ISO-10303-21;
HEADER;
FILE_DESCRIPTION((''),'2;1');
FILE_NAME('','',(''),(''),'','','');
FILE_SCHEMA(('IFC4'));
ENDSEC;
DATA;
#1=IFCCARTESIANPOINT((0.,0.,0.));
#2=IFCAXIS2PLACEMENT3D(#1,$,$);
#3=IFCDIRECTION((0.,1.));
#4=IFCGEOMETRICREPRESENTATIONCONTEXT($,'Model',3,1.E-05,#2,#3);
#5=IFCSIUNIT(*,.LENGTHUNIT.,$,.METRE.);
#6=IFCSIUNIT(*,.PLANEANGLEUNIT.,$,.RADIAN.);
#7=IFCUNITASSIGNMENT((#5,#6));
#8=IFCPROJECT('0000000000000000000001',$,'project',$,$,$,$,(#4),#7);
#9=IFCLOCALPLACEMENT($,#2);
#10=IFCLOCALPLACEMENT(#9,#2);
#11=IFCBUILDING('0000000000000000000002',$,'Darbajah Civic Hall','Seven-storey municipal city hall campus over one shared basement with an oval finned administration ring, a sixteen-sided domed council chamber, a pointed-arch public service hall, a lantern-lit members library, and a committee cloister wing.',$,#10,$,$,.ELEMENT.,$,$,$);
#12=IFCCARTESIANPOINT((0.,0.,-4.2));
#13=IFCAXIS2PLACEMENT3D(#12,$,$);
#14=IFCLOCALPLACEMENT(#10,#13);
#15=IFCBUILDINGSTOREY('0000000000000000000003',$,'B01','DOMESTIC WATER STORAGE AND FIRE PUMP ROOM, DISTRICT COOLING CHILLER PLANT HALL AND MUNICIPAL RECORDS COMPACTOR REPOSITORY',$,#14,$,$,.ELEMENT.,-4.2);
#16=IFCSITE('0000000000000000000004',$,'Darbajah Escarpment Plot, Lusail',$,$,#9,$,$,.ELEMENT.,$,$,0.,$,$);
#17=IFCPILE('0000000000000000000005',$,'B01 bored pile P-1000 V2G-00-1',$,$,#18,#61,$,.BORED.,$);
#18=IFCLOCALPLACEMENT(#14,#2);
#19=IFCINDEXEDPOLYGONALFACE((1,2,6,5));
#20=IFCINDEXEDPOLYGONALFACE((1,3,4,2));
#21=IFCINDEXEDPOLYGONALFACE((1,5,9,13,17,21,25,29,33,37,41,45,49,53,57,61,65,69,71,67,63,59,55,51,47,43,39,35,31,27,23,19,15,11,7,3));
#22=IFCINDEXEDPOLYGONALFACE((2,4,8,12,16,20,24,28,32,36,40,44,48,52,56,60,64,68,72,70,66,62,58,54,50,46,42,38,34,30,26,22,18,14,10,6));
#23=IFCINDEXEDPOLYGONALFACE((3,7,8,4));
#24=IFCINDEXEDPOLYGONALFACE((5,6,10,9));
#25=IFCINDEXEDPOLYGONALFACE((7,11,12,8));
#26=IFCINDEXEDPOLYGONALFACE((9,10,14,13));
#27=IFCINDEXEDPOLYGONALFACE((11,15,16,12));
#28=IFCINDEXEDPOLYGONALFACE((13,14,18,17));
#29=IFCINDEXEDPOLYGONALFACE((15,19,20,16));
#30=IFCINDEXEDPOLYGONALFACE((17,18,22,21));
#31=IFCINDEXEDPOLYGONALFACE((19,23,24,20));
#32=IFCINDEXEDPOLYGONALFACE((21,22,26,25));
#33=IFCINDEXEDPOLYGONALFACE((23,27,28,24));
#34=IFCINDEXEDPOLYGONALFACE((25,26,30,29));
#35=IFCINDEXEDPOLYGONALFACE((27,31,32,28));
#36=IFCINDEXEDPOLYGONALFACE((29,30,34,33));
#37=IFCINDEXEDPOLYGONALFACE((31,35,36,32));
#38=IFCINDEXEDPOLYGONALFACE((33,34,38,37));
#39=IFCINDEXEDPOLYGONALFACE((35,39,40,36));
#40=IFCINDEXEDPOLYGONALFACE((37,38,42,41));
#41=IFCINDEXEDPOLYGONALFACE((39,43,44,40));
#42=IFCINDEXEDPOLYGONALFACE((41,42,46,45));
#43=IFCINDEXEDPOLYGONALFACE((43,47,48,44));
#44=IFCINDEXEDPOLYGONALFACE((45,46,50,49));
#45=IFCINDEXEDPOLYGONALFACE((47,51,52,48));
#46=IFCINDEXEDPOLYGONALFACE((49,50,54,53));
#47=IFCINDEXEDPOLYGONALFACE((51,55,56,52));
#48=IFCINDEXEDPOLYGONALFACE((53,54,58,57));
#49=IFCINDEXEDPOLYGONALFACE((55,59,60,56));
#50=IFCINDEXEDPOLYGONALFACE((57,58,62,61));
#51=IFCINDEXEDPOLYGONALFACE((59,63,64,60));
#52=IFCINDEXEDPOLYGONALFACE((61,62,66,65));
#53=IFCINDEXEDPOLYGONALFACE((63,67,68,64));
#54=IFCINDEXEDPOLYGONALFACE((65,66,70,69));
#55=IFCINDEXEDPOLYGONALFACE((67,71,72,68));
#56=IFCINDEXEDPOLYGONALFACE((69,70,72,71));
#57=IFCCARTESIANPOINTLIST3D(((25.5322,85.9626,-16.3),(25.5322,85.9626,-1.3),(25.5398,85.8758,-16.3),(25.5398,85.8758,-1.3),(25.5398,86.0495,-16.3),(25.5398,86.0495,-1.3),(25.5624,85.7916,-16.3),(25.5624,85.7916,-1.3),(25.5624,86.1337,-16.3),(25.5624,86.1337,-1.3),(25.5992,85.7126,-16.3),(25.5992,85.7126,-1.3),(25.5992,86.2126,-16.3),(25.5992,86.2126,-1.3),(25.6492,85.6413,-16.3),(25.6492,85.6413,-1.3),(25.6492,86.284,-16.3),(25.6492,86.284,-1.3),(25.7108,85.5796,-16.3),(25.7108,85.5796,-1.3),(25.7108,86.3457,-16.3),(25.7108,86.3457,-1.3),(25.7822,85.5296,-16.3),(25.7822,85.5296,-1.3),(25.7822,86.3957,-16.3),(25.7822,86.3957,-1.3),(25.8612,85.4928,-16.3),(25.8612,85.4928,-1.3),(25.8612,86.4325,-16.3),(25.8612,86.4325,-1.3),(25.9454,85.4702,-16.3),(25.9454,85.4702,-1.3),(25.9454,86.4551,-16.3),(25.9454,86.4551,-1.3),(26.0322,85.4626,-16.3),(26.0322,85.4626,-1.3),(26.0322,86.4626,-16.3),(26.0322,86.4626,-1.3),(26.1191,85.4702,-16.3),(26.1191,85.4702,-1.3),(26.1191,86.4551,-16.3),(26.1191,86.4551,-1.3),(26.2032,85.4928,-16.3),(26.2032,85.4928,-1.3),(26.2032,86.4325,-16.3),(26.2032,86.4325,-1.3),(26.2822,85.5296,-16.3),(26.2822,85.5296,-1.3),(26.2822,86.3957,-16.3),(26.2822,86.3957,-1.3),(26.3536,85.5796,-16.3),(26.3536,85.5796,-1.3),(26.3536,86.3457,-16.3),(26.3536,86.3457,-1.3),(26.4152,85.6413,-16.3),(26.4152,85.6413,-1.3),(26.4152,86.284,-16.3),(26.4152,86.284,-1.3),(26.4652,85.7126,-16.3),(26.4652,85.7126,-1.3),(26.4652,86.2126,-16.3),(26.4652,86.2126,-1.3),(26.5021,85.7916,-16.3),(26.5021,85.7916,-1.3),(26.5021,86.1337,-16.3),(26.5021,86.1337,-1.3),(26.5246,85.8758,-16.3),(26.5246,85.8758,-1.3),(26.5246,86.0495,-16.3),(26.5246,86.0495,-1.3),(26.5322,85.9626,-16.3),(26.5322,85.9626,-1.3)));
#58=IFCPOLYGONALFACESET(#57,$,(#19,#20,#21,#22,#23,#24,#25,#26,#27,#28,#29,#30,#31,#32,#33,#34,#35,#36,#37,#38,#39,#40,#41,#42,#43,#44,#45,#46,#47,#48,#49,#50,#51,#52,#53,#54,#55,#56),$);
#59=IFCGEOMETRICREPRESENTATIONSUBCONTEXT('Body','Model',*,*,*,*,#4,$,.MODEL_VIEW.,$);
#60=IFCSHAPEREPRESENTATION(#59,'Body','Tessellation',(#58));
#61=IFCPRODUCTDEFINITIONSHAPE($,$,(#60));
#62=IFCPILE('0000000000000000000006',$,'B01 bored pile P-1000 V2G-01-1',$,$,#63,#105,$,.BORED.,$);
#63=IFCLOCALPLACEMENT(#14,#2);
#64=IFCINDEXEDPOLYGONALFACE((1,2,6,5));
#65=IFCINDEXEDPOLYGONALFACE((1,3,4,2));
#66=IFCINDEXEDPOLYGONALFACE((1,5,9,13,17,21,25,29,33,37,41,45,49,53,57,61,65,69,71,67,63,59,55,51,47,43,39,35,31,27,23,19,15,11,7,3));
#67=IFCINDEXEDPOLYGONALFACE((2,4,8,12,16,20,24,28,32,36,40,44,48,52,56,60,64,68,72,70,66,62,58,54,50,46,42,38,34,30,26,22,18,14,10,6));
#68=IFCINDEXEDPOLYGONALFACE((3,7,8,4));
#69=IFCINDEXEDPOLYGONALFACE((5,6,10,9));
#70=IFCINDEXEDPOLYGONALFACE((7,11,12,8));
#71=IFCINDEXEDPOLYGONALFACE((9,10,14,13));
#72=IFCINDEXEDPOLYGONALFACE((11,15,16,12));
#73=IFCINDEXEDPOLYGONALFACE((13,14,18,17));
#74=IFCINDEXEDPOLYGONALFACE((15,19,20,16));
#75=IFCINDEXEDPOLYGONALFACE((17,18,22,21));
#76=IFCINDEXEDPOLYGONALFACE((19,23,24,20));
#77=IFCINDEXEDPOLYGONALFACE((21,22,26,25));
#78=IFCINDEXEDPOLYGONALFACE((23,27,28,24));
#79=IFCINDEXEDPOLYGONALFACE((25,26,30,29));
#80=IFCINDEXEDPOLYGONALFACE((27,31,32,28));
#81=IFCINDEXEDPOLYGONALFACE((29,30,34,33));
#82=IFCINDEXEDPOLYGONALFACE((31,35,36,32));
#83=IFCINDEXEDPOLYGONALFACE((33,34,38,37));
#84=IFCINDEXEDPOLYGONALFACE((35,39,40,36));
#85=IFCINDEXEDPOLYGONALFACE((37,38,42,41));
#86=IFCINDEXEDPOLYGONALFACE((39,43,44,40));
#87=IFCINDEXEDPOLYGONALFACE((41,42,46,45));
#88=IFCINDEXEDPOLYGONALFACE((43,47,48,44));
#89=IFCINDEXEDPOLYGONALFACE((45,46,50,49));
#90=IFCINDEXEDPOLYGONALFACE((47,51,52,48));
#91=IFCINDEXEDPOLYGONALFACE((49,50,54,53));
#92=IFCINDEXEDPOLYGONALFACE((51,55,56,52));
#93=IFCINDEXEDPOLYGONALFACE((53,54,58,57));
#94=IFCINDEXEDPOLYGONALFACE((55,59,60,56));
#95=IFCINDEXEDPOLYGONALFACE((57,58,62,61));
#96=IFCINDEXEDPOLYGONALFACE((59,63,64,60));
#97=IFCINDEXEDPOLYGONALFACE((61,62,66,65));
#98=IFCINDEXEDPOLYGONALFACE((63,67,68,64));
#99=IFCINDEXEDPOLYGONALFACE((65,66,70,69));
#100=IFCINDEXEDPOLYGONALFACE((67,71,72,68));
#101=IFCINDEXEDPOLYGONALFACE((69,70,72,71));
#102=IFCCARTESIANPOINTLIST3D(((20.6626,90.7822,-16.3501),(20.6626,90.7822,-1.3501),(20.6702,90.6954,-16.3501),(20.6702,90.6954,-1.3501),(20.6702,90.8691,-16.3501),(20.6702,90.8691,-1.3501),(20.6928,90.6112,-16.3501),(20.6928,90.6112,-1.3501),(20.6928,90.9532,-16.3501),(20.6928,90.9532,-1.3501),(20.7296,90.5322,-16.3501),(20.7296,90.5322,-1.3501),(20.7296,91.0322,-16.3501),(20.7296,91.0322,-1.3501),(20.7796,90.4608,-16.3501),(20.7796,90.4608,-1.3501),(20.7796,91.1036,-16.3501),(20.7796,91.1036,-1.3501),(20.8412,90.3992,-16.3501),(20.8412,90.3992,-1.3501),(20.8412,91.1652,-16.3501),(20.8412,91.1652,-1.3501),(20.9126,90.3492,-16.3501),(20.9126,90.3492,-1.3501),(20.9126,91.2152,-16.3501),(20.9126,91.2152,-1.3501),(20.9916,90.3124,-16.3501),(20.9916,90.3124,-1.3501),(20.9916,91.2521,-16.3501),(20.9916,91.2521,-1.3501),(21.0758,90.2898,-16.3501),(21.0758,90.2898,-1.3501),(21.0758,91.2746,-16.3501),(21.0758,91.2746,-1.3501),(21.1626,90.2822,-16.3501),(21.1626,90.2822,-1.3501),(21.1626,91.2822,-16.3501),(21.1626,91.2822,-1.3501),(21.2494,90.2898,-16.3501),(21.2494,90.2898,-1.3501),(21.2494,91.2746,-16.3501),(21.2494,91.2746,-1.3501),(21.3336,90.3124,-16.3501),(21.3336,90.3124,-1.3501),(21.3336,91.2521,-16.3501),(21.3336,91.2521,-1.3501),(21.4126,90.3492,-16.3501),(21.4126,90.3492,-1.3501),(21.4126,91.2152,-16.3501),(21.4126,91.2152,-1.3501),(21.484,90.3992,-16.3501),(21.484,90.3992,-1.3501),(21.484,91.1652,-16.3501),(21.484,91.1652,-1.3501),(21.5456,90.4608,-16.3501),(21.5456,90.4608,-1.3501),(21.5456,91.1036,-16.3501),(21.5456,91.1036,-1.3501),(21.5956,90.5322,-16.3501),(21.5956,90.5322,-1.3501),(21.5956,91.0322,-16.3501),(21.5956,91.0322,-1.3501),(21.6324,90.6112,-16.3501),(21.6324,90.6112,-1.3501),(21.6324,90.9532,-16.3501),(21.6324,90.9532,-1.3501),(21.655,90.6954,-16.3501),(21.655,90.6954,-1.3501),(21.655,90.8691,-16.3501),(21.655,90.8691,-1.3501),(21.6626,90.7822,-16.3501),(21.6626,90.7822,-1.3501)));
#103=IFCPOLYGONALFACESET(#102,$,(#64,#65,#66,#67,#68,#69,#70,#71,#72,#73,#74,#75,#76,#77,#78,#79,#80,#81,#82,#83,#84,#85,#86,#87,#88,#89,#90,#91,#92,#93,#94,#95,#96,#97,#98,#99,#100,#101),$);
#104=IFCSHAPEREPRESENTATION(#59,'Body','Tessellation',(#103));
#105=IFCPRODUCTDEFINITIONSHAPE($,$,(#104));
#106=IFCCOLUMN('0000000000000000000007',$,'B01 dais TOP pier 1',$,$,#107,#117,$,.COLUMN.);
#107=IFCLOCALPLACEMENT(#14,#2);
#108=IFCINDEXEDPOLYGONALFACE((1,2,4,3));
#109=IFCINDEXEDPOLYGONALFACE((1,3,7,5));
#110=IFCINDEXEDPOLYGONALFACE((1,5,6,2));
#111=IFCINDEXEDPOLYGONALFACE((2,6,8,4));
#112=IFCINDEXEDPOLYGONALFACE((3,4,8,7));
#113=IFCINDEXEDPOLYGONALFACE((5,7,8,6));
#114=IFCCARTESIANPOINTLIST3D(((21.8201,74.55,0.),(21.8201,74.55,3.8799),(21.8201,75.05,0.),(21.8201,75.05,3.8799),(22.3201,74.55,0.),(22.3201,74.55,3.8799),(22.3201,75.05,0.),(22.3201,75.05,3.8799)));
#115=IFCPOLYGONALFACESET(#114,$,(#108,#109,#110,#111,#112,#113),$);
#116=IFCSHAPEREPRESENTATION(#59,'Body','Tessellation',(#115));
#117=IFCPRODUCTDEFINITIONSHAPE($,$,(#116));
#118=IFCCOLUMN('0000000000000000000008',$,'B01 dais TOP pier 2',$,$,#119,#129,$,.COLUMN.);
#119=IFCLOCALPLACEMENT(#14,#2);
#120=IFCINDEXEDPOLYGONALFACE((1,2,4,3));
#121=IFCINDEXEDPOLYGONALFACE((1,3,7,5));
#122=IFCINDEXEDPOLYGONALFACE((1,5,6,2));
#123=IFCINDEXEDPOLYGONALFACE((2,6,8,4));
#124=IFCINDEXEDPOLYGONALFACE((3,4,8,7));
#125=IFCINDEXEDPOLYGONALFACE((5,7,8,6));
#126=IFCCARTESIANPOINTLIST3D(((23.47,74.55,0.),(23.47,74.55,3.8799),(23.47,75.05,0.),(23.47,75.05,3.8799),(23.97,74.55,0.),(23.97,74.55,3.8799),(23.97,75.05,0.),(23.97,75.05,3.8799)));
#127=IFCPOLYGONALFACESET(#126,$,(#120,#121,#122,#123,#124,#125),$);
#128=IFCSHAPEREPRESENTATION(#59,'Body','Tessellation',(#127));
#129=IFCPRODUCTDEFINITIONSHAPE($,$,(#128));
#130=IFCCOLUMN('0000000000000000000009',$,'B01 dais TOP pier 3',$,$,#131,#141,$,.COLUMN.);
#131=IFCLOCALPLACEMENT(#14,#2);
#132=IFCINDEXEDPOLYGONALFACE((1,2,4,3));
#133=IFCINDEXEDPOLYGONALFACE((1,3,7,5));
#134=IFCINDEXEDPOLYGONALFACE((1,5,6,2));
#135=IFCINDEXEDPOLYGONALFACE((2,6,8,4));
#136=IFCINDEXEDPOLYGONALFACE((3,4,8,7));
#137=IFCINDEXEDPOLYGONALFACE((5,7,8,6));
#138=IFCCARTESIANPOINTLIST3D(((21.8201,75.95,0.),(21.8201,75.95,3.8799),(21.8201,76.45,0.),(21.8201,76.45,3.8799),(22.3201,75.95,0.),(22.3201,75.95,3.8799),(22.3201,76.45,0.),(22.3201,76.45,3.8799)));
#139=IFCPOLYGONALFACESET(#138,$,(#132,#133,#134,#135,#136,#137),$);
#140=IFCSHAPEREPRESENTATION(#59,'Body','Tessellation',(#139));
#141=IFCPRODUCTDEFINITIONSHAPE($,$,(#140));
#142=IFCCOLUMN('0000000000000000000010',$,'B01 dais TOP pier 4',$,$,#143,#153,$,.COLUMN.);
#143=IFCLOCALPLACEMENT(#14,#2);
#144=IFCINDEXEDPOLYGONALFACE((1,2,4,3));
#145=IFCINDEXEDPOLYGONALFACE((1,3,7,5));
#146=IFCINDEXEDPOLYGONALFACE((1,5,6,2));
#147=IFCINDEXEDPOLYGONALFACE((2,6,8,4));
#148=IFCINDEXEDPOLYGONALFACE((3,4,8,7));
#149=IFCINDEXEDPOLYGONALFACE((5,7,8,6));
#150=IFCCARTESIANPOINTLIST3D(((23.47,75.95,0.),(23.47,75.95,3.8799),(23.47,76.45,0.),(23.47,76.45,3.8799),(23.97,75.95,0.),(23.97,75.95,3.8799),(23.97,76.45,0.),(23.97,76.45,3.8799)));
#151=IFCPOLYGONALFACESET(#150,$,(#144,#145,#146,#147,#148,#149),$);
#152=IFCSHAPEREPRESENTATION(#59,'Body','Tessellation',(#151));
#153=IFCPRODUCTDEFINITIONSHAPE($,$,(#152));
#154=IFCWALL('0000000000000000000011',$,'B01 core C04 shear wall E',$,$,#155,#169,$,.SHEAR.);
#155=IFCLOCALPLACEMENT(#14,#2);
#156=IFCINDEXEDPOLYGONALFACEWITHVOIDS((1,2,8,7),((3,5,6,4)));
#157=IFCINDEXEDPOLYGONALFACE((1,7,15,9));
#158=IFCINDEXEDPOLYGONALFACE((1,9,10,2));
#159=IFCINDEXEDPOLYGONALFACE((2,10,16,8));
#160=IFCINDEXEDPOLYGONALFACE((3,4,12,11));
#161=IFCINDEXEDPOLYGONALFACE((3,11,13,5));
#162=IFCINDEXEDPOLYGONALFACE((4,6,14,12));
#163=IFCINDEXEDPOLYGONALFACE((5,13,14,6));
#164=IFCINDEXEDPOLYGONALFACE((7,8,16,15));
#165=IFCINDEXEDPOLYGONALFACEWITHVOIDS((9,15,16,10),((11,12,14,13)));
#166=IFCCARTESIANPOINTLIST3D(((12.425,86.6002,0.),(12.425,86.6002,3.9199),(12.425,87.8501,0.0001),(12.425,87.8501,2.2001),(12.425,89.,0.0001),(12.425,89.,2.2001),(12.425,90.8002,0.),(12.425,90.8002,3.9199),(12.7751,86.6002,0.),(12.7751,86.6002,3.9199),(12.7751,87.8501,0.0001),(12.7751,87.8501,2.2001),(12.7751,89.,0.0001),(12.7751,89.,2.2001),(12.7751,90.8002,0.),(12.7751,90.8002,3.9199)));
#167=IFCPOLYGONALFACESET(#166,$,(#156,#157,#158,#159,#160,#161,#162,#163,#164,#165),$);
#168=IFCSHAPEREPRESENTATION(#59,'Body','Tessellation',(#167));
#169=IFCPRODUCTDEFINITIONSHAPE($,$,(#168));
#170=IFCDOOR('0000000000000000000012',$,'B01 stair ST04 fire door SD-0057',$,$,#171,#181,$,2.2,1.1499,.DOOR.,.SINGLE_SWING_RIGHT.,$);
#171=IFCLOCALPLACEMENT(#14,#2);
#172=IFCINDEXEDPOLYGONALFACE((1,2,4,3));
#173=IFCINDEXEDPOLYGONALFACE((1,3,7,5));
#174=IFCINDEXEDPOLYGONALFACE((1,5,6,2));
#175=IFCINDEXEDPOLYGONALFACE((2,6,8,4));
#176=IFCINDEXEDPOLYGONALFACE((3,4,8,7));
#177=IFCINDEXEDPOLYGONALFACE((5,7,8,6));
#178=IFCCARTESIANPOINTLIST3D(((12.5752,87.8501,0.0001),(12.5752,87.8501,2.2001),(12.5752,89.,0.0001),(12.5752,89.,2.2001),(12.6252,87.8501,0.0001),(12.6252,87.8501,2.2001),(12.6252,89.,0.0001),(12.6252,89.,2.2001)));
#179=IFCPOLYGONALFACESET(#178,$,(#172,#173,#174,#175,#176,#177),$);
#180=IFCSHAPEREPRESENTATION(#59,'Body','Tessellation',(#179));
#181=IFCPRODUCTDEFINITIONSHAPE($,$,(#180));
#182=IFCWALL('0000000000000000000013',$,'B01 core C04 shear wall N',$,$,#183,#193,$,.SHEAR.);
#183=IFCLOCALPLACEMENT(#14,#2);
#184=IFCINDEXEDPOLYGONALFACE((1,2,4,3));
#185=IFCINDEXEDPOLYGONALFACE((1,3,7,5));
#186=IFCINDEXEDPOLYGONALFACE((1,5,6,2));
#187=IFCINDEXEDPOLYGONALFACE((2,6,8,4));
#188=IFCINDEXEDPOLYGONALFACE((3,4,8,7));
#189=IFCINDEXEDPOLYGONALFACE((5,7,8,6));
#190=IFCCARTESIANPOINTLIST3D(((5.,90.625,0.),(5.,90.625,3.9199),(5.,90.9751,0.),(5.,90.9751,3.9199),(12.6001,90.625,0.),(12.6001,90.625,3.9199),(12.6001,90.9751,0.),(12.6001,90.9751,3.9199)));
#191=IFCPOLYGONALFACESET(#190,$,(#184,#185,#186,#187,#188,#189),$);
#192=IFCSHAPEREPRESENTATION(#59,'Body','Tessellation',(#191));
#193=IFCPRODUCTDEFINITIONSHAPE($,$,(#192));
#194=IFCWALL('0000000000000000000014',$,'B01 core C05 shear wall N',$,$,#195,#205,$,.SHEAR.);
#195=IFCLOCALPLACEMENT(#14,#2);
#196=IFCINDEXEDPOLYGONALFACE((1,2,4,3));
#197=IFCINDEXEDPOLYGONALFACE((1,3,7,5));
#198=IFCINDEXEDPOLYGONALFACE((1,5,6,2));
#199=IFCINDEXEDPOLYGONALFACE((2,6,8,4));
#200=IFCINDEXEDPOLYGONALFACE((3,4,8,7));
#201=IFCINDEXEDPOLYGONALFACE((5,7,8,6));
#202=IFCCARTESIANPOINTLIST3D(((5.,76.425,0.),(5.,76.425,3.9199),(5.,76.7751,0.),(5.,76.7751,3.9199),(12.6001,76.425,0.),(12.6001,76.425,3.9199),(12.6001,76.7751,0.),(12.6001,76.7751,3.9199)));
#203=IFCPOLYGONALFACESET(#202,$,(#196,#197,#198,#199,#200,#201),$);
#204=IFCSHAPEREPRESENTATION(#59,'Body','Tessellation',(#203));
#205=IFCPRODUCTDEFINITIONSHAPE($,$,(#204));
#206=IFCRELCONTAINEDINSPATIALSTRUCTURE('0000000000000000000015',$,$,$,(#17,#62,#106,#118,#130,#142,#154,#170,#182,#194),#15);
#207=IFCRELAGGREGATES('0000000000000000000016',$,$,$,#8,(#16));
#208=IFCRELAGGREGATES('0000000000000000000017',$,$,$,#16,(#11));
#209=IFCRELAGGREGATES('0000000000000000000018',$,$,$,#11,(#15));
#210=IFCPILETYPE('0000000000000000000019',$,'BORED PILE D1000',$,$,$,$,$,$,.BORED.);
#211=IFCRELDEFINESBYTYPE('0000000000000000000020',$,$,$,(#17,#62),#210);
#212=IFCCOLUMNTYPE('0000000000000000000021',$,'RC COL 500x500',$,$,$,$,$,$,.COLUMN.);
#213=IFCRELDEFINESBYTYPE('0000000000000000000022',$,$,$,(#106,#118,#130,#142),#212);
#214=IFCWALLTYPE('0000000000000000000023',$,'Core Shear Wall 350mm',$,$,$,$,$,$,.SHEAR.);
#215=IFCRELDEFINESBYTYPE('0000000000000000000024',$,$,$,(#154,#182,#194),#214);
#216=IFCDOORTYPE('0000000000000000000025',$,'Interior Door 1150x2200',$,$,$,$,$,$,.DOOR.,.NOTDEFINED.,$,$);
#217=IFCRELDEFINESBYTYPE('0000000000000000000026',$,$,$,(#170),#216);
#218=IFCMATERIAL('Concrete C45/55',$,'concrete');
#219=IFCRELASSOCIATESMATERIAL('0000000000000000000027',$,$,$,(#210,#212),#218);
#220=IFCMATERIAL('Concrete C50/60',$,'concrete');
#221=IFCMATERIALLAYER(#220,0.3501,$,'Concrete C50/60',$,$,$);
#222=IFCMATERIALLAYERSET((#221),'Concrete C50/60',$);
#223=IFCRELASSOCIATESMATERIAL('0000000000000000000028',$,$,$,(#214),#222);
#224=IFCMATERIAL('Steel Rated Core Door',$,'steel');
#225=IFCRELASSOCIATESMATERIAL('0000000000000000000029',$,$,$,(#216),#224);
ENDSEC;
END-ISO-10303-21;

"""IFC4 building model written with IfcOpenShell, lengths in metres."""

from ifc_helpers import new_model, si_unit, direction, frame, frame_2d, origin, origin_2d, place, context, subcontext, project, spatial, rectangle, circle, extrude, material, layer, layer_set, material_profile, profile_set, type_object, element, fill, save


model = new_model("IFC4")

# Units and contexts
model_context = context("Model", 3, precision=1e-05, world=origin(), true_north=direction((0.0, 1.0)))
body_context = subcontext(model_context, "Body", "Model", "MODEL_VIEW")
ifc_project = project(units=[si_unit("LENGTHUNIT", "METRE"), si_unit("PLANEANGLEUNIT", "RADIAN")], contexts=[model_context])

# Site, building, storey
site_placement = place(None, origin())
site = spatial("IfcSite", under=ifc_project, at=site_placement, Name="Darbajah Escarpment Plot, Lusail", CompositionType="ELEMENT", RefElevation=0.0)
building_placement = place(site_placement, origin())
building = spatial("IfcBuilding", under=site, at=building_placement, Name="Darbajah Civic Hall", Description="Seven-storey municipal city hall campus over one shared basement with an oval finned administration ring, a sixteen-sided domed council chamber, a pointed-arch public service hall, a lantern-lit members library, and a committee cloister wing.", CompositionType="ELEMENT")
storey_placement = place(building_placement, frame((0.0, 0.0, -4.2)))
storey = spatial("IfcBuildingStorey", under=building, at=storey_placement, Name="B01", Description="DOMESTIC WATER STORAGE AND FIRE PUMP ROOM, DISTRICT COOLING CHILLER PLANT HALL AND MUNICIPAL RECORDS COMPACTOR REPOSITORY", CompositionType="ELEMENT", Elevation=-4.2)

# Piles
ifc_material_1 = material(Name="Concrete C45/55", Category="concrete")
ifc_material_profile_1 = material_profile(ifc_material_1, circle(Radius=0.5, at=origin_2d()), Name="BORED PILE D1000")
ifc_profile_set_1 = profile_set([ifc_material_profile_1], Name="Concrete C45/55")
pile_type = type_object("IfcPileType", Name="BORED PILE D1000", PredefinedType="BORED", material=ifc_profile_set_1)
for number, where, z_axis, x_axis, name in (
    (1, (26.0322, 85.9626, -1.3), (0.0, 0.0, -1.0), (1.0, 0.0, 0.0), "B01 bored pile P-1000 V2G-00-1"),
    (2, (21.1626, 90.7822, -1.3501), (0.0, 0.0, -1.0), (1.0, 0.0, 0.0), "B01 bored pile P-1000 V2G-01-1"),
):
    element("IfcPile", number, at=place(storey_placement, frame(where, z_axis=z_axis, x_axis=x_axis)), inside=storey, type_object=pile_type, Name=name, PredefinedType="BORED", context=body_context, shape_type="SweptSolid", body=[
        extrude(circle(Radius=0.5, at=origin_2d()), origin(), (0.0, 0.0, 1.0), 15.0),
    ])

# Columns
ifc_material_profile_2 = material_profile(ifc_material_1, rectangle(XDim=0.5, YDim=0.5, at=origin_2d()), Name="RC COL 500x500")
ifc_profile_set_2 = profile_set([ifc_material_profile_2], Name="Concrete C45/55")
column_type = type_object("IfcColumnType", Name="RC COL 500x500", PredefinedType="COLUMN", material=ifc_profile_set_2)
for number, where, z_axis, x_axis, name in (
    (3, (22.0701, 74.8, 0.0), (0.0, 0.0, 1.0), (1.0, 0.0, 0.0), "B01 dais TOP pier 1"),
    (4, (23.72, 74.8, 0.0), (0.0, 0.0, 1.0), (1.0, 0.0, 0.0), "B01 dais TOP pier 2"),
    (5, (22.0701, 76.2, 0.0), (0.0, 0.0, 1.0), (1.0, 0.0, 0.0), "B01 dais TOP pier 3"),
    (6, (23.72, 76.2, 0.0), (0.0, 0.0, 1.0), (1.0, 0.0, 0.0), "B01 dais TOP pier 4"),
):
    element("IfcColumn", number, at=place(storey_placement, frame(where, z_axis=z_axis, x_axis=x_axis)), inside=storey, type_object=column_type, Name=name, PredefinedType="COLUMN", context=body_context, shape_type="SweptSolid", body=[
        extrude(rectangle(XDim=0.5, YDim=0.5, at=origin_2d()), origin(), (0.0, 0.0, 1.0), 3.8799),
    ])

# Wall, opening, door
ifc_material_2 = material(Name="Concrete C50/60", Category="concrete")
ifc_layer_1 = layer(ifc_material_2, 0.3501, Name="Concrete C50/60")
ifc_layer_set_1 = layer_set([ifc_layer_1], Name="Concrete C50/60")
wall_type_1 = type_object("IfcWallType", Name="Core Shear Wall 350mm", PredefinedType="SHEAR", material=ifc_layer_set_1)
wall_1_placement = place(storey_placement, frame((12.6001, 86.6001, 0.0), z_axis=(0.0, 0.0, 1.0), x_axis=(0.0, 1.0, 0.0)))
wall_1 = element("IfcWall", 7, at=wall_1_placement, inside=storey, type_object=wall_type_1, Name="B01 core C04 shear wall E", PredefinedType="SHEAR", context=body_context, shape_type="SweptSolid", body=[
    extrude(rectangle(XDim=4.2, YDim=0.3501, at=frame_2d((2.1001, 0.0))), origin(), (0.0, 0.0, 1.0), 3.9199),
])
opening_1_placement = place(wall_1_placement, frame((1.25, 0.0, 0.0)))
opening_1 = element("IfcOpeningElement", 8, at=opening_1_placement, cuts=wall_1, PredefinedType="OPENING", context=body_context, shape_type="SweptSolid", body=[
    extrude(rectangle(XDim=1.1499, YDim=2.2, at=frame_2d((0.575, 1.1001))), frame((0.0, 0.1851, 0.0), z_axis=(0.0, -1.0, 0.0), x_axis=(1.0, 0.0, 0.0)), (0.0, 0.0, 1.0), 0.3701),
])
ifc_material_3 = material(Name="Steel Rated Core Door", Category="steel")
door_type_1 = type_object("IfcDoorType", Name="Interior Door 1150x2200", OperationType="NOTDEFINED", PredefinedType="DOOR", material=ifc_material_3)
door_1_placement = place(opening_1_placement, origin())
door_1 = element("IfcDoor", 9, at=door_1_placement, inside=storey, type_object=door_type_1, Name="B01 stair ST04 fire door SD-0057", OperationType="SINGLE_SWING_RIGHT", OverallHeight=2.2, OverallWidth=1.1499, PredefinedType="DOOR", context=body_context, shape_type="SweptSolid", body=[
    extrude(rectangle(XDim=1.1499, YDim=2.2, at=frame_2d((0.575, 1.1001))), frame((0.0, 0.0249, 0.0), z_axis=(0.0, -1.0, 0.0), x_axis=(1.0, 0.0, 0.0)), (0.0, 0.0, 1.0), 0.05),
])
fill(opening_1, door_1)

# Walls
for number, where, z_axis, x_axis, name in (
    (10, (12.6001, 90.8, 0.0), (0.0, 0.0, 1.0), (-1.0, 0.0, 0.0), "B01 core C04 shear wall N"),
    (11, (12.6001, 76.6001, 0.0), (0.0, 0.0, 1.0), (-1.0, 0.0, 0.0), "B01 core C05 shear wall N"),
):
    element("IfcWall", number, at=place(storey_placement, frame(where, z_axis=z_axis, x_axis=x_axis)), inside=storey, type_object=wall_type_1, Name=name, PredefinedType="SHEAR", context=body_context, shape_type="SweptSolid", body=[
        extrude(rectangle(XDim=7.6001, YDim=0.3501, at=frame_2d((3.8, 0.0))), origin(), (0.0, 0.0, 1.0), 3.9199),
    ])

save(model, "model.ifc")
